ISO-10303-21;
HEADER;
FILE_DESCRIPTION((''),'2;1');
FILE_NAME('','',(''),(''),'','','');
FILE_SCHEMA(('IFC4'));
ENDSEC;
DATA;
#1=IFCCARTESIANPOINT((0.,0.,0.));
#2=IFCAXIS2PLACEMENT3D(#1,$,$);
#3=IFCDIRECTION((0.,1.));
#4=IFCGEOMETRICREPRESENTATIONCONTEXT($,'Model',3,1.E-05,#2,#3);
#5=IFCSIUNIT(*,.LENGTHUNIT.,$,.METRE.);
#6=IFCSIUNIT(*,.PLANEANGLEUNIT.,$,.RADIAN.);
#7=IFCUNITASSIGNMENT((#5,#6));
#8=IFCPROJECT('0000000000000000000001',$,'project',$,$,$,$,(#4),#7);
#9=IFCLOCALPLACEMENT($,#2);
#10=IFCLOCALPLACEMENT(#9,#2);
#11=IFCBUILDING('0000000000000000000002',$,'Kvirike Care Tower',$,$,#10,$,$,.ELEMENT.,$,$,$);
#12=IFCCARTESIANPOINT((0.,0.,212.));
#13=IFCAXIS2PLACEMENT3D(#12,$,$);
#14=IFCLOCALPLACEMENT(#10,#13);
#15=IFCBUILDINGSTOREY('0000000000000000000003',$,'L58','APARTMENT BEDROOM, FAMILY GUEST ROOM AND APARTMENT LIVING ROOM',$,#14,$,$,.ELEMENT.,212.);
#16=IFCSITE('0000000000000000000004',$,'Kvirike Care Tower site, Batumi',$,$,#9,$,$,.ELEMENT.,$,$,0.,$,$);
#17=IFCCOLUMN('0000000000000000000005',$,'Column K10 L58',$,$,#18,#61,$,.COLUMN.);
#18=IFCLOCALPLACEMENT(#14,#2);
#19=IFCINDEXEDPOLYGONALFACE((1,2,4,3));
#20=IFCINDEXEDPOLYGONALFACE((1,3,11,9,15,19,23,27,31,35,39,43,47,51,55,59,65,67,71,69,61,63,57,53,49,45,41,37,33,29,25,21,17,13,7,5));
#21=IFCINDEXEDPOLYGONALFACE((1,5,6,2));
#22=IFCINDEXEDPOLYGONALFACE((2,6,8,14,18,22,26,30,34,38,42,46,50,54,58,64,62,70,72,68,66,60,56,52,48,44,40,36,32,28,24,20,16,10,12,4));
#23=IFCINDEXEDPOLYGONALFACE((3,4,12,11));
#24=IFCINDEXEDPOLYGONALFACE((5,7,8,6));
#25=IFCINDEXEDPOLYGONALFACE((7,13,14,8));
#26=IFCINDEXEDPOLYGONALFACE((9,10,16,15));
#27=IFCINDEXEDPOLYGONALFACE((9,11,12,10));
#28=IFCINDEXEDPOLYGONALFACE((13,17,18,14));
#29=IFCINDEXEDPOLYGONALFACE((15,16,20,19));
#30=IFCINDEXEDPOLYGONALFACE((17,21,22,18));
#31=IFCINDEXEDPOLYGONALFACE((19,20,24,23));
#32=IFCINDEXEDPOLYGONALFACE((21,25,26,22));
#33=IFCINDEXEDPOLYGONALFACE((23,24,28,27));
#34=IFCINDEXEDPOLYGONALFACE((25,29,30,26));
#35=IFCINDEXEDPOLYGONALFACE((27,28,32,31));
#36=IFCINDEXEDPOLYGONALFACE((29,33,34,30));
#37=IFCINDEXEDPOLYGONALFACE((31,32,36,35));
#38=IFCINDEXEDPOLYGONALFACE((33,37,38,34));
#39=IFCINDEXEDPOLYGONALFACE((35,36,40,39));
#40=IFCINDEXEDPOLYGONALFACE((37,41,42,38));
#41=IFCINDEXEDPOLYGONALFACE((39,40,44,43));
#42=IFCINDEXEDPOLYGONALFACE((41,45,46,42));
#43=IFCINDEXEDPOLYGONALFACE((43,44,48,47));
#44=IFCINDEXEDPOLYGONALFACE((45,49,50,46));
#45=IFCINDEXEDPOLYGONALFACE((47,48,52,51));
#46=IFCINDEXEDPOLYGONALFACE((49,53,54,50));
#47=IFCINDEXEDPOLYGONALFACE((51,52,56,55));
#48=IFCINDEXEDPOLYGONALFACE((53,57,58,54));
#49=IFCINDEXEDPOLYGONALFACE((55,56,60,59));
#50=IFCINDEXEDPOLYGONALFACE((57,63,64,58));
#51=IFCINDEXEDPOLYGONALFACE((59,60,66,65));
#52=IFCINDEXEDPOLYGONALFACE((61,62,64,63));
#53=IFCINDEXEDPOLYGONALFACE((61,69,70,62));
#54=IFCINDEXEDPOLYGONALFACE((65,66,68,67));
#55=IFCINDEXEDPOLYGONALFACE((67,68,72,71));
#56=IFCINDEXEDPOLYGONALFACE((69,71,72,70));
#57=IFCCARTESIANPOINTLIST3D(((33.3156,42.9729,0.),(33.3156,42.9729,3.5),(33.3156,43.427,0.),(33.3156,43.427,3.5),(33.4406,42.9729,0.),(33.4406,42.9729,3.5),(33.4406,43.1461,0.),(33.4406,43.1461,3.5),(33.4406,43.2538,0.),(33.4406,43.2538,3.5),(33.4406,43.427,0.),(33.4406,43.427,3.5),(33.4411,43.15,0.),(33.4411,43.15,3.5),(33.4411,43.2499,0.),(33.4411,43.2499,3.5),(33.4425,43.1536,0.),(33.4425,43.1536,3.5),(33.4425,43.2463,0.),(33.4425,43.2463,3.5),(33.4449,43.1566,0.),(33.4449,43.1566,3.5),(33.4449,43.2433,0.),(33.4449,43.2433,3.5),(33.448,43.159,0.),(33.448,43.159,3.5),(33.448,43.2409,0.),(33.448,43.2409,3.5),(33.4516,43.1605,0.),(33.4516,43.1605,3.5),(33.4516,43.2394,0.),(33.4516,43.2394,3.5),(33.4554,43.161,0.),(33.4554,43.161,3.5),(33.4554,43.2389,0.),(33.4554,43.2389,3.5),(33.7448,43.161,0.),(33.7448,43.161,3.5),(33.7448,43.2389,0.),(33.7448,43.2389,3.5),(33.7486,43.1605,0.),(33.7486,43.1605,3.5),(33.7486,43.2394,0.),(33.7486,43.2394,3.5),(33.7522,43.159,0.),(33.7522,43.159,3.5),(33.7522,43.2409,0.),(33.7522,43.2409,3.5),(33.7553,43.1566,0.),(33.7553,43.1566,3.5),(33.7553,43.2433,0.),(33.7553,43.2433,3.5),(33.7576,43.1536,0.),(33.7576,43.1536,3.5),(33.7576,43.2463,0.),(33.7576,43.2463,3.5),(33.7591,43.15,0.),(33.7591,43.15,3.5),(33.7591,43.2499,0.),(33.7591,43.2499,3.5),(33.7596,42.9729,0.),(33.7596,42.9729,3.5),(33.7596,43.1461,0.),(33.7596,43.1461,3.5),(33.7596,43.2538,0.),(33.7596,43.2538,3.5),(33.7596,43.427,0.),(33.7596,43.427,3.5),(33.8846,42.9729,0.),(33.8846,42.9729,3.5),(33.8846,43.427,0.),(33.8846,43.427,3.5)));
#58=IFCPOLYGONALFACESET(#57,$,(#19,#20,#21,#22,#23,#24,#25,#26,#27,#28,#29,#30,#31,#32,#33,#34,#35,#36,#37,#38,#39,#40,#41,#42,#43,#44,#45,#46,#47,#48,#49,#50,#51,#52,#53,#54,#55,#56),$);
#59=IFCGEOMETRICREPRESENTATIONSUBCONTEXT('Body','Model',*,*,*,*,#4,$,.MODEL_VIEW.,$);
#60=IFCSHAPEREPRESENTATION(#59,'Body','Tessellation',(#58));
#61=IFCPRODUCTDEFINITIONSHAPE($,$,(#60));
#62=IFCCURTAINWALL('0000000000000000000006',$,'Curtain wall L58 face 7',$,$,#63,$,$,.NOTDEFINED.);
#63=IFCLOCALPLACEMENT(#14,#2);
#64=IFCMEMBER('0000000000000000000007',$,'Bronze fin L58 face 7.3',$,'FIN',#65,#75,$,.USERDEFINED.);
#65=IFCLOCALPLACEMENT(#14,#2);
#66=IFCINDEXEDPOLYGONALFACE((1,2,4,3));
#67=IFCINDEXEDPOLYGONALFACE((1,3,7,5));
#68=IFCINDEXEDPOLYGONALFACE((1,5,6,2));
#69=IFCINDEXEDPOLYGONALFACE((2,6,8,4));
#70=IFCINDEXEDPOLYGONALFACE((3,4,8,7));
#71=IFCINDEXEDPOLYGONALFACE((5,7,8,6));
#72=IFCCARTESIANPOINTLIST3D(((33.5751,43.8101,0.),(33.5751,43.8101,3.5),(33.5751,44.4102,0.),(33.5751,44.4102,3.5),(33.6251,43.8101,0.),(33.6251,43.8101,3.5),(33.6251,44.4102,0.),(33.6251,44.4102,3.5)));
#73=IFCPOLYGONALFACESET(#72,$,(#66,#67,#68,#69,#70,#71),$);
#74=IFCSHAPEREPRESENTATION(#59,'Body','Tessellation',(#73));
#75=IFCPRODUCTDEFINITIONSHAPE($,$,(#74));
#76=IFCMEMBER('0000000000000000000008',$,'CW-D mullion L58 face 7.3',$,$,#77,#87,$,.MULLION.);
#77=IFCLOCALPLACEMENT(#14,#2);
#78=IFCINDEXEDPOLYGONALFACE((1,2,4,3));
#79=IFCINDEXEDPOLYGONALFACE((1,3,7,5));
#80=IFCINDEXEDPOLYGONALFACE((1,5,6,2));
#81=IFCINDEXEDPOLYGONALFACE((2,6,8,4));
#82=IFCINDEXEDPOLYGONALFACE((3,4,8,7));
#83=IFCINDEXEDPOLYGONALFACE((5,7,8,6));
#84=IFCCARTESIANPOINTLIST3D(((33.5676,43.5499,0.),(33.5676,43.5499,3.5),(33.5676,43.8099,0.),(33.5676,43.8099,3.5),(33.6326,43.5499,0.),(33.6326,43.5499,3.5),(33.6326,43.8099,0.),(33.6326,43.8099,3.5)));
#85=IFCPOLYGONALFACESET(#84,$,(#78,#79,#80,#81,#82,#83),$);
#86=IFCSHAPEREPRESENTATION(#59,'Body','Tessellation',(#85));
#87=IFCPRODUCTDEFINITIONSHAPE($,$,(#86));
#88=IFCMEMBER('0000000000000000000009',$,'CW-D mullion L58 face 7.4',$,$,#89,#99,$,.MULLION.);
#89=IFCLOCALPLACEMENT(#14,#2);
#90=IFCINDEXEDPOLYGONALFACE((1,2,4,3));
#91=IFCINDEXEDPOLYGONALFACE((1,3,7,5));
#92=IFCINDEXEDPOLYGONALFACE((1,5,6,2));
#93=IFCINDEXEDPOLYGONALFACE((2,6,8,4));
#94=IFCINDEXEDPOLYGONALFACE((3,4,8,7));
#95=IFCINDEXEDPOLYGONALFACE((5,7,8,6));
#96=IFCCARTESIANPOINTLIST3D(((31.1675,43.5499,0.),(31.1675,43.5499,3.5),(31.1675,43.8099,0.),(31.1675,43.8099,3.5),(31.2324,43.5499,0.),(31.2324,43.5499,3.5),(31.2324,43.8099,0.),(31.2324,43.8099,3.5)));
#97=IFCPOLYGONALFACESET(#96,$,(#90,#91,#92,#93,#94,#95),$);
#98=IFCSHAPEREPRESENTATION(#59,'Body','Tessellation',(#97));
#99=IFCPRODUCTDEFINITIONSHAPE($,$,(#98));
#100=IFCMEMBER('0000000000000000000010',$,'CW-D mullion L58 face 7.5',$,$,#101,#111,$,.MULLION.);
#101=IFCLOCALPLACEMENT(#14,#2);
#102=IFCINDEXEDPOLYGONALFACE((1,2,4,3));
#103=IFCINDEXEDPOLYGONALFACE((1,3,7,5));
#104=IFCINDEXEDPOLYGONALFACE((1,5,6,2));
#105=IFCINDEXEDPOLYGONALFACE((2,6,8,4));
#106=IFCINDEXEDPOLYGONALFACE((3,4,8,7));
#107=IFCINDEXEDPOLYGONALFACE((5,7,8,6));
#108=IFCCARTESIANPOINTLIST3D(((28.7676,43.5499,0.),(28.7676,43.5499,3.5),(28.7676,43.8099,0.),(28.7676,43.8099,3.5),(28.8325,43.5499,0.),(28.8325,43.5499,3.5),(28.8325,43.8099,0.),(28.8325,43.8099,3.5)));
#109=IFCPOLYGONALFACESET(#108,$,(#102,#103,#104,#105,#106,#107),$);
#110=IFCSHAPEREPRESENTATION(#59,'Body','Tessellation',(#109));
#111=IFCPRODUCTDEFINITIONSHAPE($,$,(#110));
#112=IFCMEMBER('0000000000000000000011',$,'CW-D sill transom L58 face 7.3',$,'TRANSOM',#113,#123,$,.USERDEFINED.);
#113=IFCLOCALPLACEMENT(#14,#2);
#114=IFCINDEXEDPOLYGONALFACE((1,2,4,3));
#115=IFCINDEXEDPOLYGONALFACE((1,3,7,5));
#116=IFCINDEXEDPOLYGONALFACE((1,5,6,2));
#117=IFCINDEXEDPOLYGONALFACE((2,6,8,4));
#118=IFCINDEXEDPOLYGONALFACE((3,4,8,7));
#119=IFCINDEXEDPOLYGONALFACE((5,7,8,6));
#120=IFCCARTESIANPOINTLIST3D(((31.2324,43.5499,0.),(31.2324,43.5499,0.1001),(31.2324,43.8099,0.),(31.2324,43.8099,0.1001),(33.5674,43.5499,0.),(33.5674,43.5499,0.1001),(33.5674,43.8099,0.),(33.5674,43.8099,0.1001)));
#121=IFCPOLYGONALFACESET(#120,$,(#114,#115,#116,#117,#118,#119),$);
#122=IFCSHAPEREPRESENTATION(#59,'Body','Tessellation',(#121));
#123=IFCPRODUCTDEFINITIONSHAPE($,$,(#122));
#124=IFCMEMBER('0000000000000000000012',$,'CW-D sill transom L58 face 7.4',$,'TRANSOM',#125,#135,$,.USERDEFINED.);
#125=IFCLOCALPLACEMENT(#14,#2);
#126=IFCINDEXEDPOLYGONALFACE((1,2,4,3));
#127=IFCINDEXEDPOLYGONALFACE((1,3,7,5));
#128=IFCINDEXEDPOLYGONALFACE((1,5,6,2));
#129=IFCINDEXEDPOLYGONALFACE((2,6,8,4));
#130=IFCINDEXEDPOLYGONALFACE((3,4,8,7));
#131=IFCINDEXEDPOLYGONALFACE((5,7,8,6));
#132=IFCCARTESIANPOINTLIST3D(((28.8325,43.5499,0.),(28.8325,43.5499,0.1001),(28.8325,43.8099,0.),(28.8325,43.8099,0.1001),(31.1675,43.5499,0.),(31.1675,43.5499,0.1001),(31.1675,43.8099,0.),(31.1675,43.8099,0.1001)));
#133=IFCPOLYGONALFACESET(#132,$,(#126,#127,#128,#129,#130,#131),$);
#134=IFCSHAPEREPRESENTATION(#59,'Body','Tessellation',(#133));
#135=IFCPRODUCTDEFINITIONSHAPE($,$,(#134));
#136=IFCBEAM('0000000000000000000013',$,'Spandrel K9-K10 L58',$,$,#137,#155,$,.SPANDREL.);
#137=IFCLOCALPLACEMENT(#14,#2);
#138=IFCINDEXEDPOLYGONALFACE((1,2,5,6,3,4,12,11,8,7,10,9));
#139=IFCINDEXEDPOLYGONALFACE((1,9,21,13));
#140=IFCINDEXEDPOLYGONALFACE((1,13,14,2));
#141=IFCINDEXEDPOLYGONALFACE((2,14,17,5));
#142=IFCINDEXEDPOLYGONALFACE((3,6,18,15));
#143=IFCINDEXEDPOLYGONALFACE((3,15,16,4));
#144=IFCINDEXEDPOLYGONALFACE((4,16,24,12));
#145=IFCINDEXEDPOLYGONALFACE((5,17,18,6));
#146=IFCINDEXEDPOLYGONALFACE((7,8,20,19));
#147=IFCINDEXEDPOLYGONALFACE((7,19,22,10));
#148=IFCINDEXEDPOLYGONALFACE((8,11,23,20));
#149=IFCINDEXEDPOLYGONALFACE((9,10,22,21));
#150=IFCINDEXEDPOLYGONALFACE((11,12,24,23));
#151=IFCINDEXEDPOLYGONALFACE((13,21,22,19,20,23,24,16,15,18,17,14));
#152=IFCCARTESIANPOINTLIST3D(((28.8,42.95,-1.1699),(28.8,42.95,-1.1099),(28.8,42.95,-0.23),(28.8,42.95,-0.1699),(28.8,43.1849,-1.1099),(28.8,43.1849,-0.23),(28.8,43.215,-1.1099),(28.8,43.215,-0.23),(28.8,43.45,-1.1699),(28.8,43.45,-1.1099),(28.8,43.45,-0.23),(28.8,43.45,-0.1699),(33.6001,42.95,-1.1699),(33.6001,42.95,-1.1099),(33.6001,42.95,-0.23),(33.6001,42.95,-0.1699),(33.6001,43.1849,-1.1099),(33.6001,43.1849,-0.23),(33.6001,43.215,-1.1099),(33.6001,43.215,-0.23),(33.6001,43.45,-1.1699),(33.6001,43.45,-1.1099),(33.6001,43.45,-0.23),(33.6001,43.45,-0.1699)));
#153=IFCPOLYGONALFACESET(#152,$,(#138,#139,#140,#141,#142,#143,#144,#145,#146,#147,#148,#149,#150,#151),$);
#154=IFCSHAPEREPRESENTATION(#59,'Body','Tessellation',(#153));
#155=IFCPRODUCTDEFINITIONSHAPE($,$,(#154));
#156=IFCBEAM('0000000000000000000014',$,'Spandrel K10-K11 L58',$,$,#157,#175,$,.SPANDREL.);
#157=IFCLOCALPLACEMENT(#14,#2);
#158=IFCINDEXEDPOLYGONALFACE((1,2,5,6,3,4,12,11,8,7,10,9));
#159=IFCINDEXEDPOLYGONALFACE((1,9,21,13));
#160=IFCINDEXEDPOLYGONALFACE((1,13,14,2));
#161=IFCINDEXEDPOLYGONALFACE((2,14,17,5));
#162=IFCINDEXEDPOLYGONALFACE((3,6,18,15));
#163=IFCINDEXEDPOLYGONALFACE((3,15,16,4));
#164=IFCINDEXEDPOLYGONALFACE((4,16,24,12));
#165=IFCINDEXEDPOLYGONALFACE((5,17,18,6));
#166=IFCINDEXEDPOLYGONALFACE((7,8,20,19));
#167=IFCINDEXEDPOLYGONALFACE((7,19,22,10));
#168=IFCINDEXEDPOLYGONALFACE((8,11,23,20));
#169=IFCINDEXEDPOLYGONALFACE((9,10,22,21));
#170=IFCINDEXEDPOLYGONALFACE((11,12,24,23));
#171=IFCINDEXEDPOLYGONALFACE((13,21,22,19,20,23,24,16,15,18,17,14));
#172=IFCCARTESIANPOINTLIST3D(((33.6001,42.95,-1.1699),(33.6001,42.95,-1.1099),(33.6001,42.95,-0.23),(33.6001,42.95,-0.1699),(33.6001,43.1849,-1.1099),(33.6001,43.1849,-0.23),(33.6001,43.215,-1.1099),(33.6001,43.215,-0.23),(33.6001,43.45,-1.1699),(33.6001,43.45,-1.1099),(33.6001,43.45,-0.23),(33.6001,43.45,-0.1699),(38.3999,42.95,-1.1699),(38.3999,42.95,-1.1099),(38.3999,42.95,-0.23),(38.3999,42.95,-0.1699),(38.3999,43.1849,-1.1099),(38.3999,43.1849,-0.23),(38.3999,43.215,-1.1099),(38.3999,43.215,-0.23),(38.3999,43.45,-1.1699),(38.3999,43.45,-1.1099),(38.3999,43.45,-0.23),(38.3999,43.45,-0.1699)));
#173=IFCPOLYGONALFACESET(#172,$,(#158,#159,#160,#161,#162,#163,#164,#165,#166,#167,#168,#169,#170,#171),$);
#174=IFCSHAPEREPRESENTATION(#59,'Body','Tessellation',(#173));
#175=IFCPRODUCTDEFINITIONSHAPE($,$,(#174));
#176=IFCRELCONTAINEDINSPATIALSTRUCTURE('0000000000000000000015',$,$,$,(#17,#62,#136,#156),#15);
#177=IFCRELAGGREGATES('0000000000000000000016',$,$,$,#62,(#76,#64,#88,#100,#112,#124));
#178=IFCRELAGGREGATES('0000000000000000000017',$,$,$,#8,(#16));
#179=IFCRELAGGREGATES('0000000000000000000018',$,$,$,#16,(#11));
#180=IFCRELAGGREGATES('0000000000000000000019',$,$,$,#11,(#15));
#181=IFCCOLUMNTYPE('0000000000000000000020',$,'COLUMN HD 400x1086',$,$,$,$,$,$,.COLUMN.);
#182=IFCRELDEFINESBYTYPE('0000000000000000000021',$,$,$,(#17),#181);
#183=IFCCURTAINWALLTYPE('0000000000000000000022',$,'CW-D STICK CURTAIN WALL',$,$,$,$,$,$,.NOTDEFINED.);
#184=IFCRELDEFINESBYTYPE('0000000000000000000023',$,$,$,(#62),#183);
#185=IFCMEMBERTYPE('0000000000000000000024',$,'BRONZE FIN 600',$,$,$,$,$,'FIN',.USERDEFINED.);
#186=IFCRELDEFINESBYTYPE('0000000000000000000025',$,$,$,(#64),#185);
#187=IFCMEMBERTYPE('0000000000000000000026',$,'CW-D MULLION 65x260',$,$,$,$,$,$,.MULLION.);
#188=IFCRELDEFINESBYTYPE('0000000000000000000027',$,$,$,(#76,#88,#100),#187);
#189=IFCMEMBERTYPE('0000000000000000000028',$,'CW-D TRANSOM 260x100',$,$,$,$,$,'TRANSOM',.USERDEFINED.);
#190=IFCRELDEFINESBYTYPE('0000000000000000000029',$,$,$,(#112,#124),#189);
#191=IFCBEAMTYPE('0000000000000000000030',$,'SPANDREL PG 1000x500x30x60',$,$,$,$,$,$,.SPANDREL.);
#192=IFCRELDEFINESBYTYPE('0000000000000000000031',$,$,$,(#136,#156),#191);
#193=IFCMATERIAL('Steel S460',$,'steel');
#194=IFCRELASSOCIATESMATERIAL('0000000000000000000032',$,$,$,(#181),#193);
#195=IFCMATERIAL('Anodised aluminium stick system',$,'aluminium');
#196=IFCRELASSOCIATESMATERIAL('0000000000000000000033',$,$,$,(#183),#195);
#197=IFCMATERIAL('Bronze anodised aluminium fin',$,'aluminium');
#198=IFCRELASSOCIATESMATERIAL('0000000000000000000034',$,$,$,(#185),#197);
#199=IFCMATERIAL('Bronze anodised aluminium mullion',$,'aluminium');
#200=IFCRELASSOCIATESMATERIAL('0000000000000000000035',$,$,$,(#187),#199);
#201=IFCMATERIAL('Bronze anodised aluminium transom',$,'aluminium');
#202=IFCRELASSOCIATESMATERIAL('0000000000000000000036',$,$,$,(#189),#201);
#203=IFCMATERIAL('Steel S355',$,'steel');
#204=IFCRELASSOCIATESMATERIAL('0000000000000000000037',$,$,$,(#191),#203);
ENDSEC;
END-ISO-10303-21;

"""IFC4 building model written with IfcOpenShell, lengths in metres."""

from ifc_helpers import new_model, si_unit, direction, frame, origin, origin_2d, place, context, subcontext, project, spatial, rectangle, i_section, extrude, material, material_profile, profile_set, type_object, element, aggregate, save


model = new_model("IFC4")

# Units and contexts
model_context = context("Model", 3, precision=1e-05, world=origin(), true_north=direction((0.0, 1.0)))
body_context = subcontext(model_context, "Body", "Model", "MODEL_VIEW")
ifc_project = project(units=[si_unit("LENGTHUNIT", "METRE"), si_unit("PLANEANGLEUNIT", "RADIAN")], contexts=[model_context])

# Site, building, storey
site_placement = place(None, origin())
site = spatial("IfcSite", under=ifc_project, at=site_placement, Name="Kvirike Care Tower site, Batumi", CompositionType="ELEMENT", RefElevation=0.0)
building_placement = place(site_placement, origin())
building = spatial("IfcBuilding", under=site, at=building_placement, Name="Kvirike Care Tower", CompositionType="ELEMENT")
storey_placement = place(building_placement, frame((0.0, 0.0, 212.0)))
storey = spatial("IfcBuildingStorey", under=building, at=storey_placement, Name="L58", Description="APARTMENT BEDROOM, FAMILY GUEST ROOM AND APARTMENT LIVING ROOM", CompositionType="ELEMENT", Elevation=212.0)

# Column
ifc_material_1 = material(Name="Steel S460", Category="steel")
ifc_material_profile_1 = material_profile(ifc_material_1, i_section(OverallWidth=0.4541, OverallDepth=0.5691, WebThickness=0.0779, FlangeThickness=0.125, FilletRadius=0.0149, at=origin_2d()), Name="HD 400x1086")
ifc_profile_set_1 = profile_set([ifc_material_profile_1], Name="Steel S460")
column_type = type_object("IfcColumnType", Name="COLUMN HD 400x1086", PredefinedType="COLUMN", material=ifc_profile_set_1)
column_placement = place(storey_placement, frame((33.6001, 43.2, 0.0), z_axis=(0.0, 0.0, 1.0), x_axis=(0.0, 1.0, 0.0)))
element("IfcColumn", 1, at=column_placement, inside=storey, type_object=column_type, Name="Column K10 L58", PredefinedType="COLUMN", context=body_context, shape_type="SweptSolid", body=[
    extrude(i_section(OverallWidth=0.4541, OverallDepth=0.5691, WebThickness=0.0779, FlangeThickness=0.125, FilletRadius=0.0149, at=origin_2d()), origin(), (0.0, 0.0, 1.0), 3.5),
])

# Curtain wall, members
ifc_material_2 = material(Name="Anodised aluminium stick system", Category="aluminium")
curtain_wall_type = type_object("IfcCurtainWallType", Name="CW-D STICK CURTAIN WALL", PredefinedType="NOTDEFINED", material=ifc_material_2)
curtain_wall_placement = place(storey_placement, origin())
curtain_wall = element("IfcCurtainWall", 2, at=curtain_wall_placement, inside=storey, type_object=curtain_wall_type, Name="Curtain wall L58 face 7", PredefinedType="NOTDEFINED")
ifc_material_3 = material(Name="Bronze anodised aluminium fin", Category="aluminium")
ifc_material_profile_2 = material_profile(ifc_material_3, rectangle(XDim=0.05, YDim=0.6001, at=origin_2d()), Name="BRONZE FIN 600")
ifc_profile_set_2 = profile_set([ifc_material_profile_2], Name="Bronze anodised aluminium fin")
member_type_1 = type_object("IfcMemberType", Name="BRONZE FIN 600", ElementType="FIN", PredefinedType="USERDEFINED", material=ifc_profile_set_2)
member_1_placement = place(storey_placement, frame((33.6001, 44.1101, 0.0), z_axis=(0.0, 0.0, 1.0), x_axis=(-1.0, 0.0, 0.0)))
member_1 = element("IfcMember", 3, at=member_1_placement, type_object=member_type_1, Name="Bronze fin L58 face 7.3", ObjectType="FIN", PredefinedType="USERDEFINED", context=body_context, shape_type="SweptSolid", body=[
    extrude(rectangle(XDim=0.05, YDim=0.6001, at=origin_2d()), origin(), (0.0, 0.0, 1.0), 3.5),
])
ifc_material_4 = material(Name="Bronze anodised aluminium mullion", Category="aluminium")
ifc_material_profile_3 = material_profile(ifc_material_4, rectangle(XDim=0.0649, YDim=0.26, at=origin_2d()), Name="CW-D MULLION 65x260")
ifc_profile_set_3 = profile_set([ifc_material_profile_3], Name="Bronze anodised aluminium mullion")
member_type_2 = type_object("IfcMemberType", Name="CW-D MULLION 65x260", PredefinedType="MULLION", material=ifc_profile_set_3)
member_2_placement = place(storey_placement, frame((33.6001, 43.6799, 0.0), z_axis=(0.0, 0.0, 1.0), x_axis=(-1.0, 0.0, 0.0)))
member_2 = element("IfcMember", 4, at=member_2_placement, type_object=member_type_2, Name="CW-D mullion L58 face 7.3", PredefinedType="MULLION", context=body_context, shape_type="SweptSolid", body=[
    extrude(rectangle(XDim=0.0649, YDim=0.26, at=origin_2d()), origin(), (0.0, 0.0, 1.0), 3.5),
])
member_3_placement = place(storey_placement, frame((31.2, 43.6799, 0.0), z_axis=(0.0, 0.0, 1.0), x_axis=(-1.0, 0.0, 0.0)))
member_3 = element("IfcMember", 5, at=member_3_placement, type_object=member_type_2, Name="CW-D mullion L58 face 7.4", PredefinedType="MULLION", context=body_context, shape_type="SweptSolid", body=[
    extrude(rectangle(XDim=0.0649, YDim=0.26, at=origin_2d()), origin(), (0.0, 0.0, 1.0), 3.5),
])
member_4_placement = place(storey_placement, frame((28.8, 43.6799, 0.0), z_axis=(0.0, 0.0, 1.0), x_axis=(-1.0, 0.0, 0.0)))
member_4 = element("IfcMember", 6, at=member_4_placement, type_object=member_type_2, Name="CW-D mullion L58 face 7.5", PredefinedType="MULLION", context=body_context, shape_type="SweptSolid", body=[
    extrude(rectangle(XDim=0.0649, YDim=0.26, at=origin_2d()), origin(), (0.0, 0.0, 1.0), 3.5),
])
ifc_material_5 = material(Name="Bronze anodised aluminium transom", Category="aluminium")
ifc_material_profile_4 = material_profile(ifc_material_5, rectangle(XDim=0.26, YDim=0.1001, at=origin_2d()), Name="CW-D TRANSOM 260x100")
ifc_profile_set_4 = profile_set([ifc_material_profile_4], Name="Bronze anodised aluminium transom")
member_type_3 = type_object("IfcMemberType", Name="CW-D TRANSOM 260x100", ElementType="TRANSOM", PredefinedType="USERDEFINED", material=ifc_profile_set_4)
member_5_placement = place(storey_placement, frame((33.5674, 43.6799, 0.05), z_axis=(-1.0, 0.0, 0.0), x_axis=(0.0, -1.0, 0.0)))
member_5 = element("IfcMember", 7, at=member_5_placement, type_object=member_type_3, Name="CW-D sill transom L58 face 7.3", ObjectType="TRANSOM", PredefinedType="USERDEFINED", context=body_context, shape_type="SweptSolid", body=[
    extrude(rectangle(XDim=0.26, YDim=0.1001, at=origin_2d()), origin(), (0.0, 0.0, 1.0), 2.335),
])
member_6_placement = place(storey_placement, frame((31.1675, 43.6799, 0.05), z_axis=(-1.0, 0.0, 0.0), x_axis=(0.0, -1.0, 0.0)))
member_6 = element("IfcMember", 8, at=member_6_placement, type_object=member_type_3, Name="CW-D sill transom L58 face 7.4", ObjectType="TRANSOM", PredefinedType="USERDEFINED", context=body_context, shape_type="SweptSolid", body=[
    extrude(rectangle(XDim=0.26, YDim=0.1001, at=origin_2d()), origin(), (0.0, 0.0, 1.0), 2.335),
])

# Beams
ifc_material_6 = material(Name="Steel S355", Category="steel")
ifc_material_profile_5 = material_profile(ifc_material_6, i_section(OverallWidth=0.5, OverallDepth=1.0, WebThickness=0.03, FlangeThickness=0.0601, at=origin_2d()), Name="PG 1000x500x30x60")
ifc_profile_set_5 = profile_set([ifc_material_profile_5], Name="Steel S355")
beam_type_1 = type_object("IfcBeamType", Name="SPANDREL PG 1000x500x30x60", PredefinedType="SPANDREL", material=ifc_profile_set_5)
beam_1_placement = place(storey_placement, frame((28.8, 43.2, -0.6699), z_axis=(1.0, 0.0, 0.0), x_axis=(0.0, 1.0, 0.0)))
element("IfcBeam", 9, at=beam_1_placement, inside=storey, type_object=beam_type_1, Name="Spandrel K9-K10 L58", PredefinedType="SPANDREL", context=body_context, shape_type="SweptSolid", body=[
    extrude(i_section(OverallWidth=0.5, OverallDepth=1.0, WebThickness=0.03, FlangeThickness=0.0601, at=origin_2d()), origin(), (0.0, 0.0, 1.0), 4.8),
])
beam_2_placement = place(storey_placement, frame((33.6001, 43.2, -0.6699), z_axis=(1.0, 0.0, 0.0), x_axis=(0.0, 1.0, 0.0)))
element("IfcBeam", 10, at=beam_2_placement, inside=storey, type_object=beam_type_1, Name="Spandrel K10-K11 L58", PredefinedType="SPANDREL", context=body_context, shape_type="SweptSolid", body=[
    extrude(i_section(OverallWidth=0.5, OverallDepth=1.0, WebThickness=0.03, FlangeThickness=0.0601, at=origin_2d()), origin(), (0.0, 0.0, 1.0), 4.7998),
])

aggregate(curtain_wall, [member_2, member_1, member_3, member_4, member_5, member_6])

save(model, "model.ifc")
